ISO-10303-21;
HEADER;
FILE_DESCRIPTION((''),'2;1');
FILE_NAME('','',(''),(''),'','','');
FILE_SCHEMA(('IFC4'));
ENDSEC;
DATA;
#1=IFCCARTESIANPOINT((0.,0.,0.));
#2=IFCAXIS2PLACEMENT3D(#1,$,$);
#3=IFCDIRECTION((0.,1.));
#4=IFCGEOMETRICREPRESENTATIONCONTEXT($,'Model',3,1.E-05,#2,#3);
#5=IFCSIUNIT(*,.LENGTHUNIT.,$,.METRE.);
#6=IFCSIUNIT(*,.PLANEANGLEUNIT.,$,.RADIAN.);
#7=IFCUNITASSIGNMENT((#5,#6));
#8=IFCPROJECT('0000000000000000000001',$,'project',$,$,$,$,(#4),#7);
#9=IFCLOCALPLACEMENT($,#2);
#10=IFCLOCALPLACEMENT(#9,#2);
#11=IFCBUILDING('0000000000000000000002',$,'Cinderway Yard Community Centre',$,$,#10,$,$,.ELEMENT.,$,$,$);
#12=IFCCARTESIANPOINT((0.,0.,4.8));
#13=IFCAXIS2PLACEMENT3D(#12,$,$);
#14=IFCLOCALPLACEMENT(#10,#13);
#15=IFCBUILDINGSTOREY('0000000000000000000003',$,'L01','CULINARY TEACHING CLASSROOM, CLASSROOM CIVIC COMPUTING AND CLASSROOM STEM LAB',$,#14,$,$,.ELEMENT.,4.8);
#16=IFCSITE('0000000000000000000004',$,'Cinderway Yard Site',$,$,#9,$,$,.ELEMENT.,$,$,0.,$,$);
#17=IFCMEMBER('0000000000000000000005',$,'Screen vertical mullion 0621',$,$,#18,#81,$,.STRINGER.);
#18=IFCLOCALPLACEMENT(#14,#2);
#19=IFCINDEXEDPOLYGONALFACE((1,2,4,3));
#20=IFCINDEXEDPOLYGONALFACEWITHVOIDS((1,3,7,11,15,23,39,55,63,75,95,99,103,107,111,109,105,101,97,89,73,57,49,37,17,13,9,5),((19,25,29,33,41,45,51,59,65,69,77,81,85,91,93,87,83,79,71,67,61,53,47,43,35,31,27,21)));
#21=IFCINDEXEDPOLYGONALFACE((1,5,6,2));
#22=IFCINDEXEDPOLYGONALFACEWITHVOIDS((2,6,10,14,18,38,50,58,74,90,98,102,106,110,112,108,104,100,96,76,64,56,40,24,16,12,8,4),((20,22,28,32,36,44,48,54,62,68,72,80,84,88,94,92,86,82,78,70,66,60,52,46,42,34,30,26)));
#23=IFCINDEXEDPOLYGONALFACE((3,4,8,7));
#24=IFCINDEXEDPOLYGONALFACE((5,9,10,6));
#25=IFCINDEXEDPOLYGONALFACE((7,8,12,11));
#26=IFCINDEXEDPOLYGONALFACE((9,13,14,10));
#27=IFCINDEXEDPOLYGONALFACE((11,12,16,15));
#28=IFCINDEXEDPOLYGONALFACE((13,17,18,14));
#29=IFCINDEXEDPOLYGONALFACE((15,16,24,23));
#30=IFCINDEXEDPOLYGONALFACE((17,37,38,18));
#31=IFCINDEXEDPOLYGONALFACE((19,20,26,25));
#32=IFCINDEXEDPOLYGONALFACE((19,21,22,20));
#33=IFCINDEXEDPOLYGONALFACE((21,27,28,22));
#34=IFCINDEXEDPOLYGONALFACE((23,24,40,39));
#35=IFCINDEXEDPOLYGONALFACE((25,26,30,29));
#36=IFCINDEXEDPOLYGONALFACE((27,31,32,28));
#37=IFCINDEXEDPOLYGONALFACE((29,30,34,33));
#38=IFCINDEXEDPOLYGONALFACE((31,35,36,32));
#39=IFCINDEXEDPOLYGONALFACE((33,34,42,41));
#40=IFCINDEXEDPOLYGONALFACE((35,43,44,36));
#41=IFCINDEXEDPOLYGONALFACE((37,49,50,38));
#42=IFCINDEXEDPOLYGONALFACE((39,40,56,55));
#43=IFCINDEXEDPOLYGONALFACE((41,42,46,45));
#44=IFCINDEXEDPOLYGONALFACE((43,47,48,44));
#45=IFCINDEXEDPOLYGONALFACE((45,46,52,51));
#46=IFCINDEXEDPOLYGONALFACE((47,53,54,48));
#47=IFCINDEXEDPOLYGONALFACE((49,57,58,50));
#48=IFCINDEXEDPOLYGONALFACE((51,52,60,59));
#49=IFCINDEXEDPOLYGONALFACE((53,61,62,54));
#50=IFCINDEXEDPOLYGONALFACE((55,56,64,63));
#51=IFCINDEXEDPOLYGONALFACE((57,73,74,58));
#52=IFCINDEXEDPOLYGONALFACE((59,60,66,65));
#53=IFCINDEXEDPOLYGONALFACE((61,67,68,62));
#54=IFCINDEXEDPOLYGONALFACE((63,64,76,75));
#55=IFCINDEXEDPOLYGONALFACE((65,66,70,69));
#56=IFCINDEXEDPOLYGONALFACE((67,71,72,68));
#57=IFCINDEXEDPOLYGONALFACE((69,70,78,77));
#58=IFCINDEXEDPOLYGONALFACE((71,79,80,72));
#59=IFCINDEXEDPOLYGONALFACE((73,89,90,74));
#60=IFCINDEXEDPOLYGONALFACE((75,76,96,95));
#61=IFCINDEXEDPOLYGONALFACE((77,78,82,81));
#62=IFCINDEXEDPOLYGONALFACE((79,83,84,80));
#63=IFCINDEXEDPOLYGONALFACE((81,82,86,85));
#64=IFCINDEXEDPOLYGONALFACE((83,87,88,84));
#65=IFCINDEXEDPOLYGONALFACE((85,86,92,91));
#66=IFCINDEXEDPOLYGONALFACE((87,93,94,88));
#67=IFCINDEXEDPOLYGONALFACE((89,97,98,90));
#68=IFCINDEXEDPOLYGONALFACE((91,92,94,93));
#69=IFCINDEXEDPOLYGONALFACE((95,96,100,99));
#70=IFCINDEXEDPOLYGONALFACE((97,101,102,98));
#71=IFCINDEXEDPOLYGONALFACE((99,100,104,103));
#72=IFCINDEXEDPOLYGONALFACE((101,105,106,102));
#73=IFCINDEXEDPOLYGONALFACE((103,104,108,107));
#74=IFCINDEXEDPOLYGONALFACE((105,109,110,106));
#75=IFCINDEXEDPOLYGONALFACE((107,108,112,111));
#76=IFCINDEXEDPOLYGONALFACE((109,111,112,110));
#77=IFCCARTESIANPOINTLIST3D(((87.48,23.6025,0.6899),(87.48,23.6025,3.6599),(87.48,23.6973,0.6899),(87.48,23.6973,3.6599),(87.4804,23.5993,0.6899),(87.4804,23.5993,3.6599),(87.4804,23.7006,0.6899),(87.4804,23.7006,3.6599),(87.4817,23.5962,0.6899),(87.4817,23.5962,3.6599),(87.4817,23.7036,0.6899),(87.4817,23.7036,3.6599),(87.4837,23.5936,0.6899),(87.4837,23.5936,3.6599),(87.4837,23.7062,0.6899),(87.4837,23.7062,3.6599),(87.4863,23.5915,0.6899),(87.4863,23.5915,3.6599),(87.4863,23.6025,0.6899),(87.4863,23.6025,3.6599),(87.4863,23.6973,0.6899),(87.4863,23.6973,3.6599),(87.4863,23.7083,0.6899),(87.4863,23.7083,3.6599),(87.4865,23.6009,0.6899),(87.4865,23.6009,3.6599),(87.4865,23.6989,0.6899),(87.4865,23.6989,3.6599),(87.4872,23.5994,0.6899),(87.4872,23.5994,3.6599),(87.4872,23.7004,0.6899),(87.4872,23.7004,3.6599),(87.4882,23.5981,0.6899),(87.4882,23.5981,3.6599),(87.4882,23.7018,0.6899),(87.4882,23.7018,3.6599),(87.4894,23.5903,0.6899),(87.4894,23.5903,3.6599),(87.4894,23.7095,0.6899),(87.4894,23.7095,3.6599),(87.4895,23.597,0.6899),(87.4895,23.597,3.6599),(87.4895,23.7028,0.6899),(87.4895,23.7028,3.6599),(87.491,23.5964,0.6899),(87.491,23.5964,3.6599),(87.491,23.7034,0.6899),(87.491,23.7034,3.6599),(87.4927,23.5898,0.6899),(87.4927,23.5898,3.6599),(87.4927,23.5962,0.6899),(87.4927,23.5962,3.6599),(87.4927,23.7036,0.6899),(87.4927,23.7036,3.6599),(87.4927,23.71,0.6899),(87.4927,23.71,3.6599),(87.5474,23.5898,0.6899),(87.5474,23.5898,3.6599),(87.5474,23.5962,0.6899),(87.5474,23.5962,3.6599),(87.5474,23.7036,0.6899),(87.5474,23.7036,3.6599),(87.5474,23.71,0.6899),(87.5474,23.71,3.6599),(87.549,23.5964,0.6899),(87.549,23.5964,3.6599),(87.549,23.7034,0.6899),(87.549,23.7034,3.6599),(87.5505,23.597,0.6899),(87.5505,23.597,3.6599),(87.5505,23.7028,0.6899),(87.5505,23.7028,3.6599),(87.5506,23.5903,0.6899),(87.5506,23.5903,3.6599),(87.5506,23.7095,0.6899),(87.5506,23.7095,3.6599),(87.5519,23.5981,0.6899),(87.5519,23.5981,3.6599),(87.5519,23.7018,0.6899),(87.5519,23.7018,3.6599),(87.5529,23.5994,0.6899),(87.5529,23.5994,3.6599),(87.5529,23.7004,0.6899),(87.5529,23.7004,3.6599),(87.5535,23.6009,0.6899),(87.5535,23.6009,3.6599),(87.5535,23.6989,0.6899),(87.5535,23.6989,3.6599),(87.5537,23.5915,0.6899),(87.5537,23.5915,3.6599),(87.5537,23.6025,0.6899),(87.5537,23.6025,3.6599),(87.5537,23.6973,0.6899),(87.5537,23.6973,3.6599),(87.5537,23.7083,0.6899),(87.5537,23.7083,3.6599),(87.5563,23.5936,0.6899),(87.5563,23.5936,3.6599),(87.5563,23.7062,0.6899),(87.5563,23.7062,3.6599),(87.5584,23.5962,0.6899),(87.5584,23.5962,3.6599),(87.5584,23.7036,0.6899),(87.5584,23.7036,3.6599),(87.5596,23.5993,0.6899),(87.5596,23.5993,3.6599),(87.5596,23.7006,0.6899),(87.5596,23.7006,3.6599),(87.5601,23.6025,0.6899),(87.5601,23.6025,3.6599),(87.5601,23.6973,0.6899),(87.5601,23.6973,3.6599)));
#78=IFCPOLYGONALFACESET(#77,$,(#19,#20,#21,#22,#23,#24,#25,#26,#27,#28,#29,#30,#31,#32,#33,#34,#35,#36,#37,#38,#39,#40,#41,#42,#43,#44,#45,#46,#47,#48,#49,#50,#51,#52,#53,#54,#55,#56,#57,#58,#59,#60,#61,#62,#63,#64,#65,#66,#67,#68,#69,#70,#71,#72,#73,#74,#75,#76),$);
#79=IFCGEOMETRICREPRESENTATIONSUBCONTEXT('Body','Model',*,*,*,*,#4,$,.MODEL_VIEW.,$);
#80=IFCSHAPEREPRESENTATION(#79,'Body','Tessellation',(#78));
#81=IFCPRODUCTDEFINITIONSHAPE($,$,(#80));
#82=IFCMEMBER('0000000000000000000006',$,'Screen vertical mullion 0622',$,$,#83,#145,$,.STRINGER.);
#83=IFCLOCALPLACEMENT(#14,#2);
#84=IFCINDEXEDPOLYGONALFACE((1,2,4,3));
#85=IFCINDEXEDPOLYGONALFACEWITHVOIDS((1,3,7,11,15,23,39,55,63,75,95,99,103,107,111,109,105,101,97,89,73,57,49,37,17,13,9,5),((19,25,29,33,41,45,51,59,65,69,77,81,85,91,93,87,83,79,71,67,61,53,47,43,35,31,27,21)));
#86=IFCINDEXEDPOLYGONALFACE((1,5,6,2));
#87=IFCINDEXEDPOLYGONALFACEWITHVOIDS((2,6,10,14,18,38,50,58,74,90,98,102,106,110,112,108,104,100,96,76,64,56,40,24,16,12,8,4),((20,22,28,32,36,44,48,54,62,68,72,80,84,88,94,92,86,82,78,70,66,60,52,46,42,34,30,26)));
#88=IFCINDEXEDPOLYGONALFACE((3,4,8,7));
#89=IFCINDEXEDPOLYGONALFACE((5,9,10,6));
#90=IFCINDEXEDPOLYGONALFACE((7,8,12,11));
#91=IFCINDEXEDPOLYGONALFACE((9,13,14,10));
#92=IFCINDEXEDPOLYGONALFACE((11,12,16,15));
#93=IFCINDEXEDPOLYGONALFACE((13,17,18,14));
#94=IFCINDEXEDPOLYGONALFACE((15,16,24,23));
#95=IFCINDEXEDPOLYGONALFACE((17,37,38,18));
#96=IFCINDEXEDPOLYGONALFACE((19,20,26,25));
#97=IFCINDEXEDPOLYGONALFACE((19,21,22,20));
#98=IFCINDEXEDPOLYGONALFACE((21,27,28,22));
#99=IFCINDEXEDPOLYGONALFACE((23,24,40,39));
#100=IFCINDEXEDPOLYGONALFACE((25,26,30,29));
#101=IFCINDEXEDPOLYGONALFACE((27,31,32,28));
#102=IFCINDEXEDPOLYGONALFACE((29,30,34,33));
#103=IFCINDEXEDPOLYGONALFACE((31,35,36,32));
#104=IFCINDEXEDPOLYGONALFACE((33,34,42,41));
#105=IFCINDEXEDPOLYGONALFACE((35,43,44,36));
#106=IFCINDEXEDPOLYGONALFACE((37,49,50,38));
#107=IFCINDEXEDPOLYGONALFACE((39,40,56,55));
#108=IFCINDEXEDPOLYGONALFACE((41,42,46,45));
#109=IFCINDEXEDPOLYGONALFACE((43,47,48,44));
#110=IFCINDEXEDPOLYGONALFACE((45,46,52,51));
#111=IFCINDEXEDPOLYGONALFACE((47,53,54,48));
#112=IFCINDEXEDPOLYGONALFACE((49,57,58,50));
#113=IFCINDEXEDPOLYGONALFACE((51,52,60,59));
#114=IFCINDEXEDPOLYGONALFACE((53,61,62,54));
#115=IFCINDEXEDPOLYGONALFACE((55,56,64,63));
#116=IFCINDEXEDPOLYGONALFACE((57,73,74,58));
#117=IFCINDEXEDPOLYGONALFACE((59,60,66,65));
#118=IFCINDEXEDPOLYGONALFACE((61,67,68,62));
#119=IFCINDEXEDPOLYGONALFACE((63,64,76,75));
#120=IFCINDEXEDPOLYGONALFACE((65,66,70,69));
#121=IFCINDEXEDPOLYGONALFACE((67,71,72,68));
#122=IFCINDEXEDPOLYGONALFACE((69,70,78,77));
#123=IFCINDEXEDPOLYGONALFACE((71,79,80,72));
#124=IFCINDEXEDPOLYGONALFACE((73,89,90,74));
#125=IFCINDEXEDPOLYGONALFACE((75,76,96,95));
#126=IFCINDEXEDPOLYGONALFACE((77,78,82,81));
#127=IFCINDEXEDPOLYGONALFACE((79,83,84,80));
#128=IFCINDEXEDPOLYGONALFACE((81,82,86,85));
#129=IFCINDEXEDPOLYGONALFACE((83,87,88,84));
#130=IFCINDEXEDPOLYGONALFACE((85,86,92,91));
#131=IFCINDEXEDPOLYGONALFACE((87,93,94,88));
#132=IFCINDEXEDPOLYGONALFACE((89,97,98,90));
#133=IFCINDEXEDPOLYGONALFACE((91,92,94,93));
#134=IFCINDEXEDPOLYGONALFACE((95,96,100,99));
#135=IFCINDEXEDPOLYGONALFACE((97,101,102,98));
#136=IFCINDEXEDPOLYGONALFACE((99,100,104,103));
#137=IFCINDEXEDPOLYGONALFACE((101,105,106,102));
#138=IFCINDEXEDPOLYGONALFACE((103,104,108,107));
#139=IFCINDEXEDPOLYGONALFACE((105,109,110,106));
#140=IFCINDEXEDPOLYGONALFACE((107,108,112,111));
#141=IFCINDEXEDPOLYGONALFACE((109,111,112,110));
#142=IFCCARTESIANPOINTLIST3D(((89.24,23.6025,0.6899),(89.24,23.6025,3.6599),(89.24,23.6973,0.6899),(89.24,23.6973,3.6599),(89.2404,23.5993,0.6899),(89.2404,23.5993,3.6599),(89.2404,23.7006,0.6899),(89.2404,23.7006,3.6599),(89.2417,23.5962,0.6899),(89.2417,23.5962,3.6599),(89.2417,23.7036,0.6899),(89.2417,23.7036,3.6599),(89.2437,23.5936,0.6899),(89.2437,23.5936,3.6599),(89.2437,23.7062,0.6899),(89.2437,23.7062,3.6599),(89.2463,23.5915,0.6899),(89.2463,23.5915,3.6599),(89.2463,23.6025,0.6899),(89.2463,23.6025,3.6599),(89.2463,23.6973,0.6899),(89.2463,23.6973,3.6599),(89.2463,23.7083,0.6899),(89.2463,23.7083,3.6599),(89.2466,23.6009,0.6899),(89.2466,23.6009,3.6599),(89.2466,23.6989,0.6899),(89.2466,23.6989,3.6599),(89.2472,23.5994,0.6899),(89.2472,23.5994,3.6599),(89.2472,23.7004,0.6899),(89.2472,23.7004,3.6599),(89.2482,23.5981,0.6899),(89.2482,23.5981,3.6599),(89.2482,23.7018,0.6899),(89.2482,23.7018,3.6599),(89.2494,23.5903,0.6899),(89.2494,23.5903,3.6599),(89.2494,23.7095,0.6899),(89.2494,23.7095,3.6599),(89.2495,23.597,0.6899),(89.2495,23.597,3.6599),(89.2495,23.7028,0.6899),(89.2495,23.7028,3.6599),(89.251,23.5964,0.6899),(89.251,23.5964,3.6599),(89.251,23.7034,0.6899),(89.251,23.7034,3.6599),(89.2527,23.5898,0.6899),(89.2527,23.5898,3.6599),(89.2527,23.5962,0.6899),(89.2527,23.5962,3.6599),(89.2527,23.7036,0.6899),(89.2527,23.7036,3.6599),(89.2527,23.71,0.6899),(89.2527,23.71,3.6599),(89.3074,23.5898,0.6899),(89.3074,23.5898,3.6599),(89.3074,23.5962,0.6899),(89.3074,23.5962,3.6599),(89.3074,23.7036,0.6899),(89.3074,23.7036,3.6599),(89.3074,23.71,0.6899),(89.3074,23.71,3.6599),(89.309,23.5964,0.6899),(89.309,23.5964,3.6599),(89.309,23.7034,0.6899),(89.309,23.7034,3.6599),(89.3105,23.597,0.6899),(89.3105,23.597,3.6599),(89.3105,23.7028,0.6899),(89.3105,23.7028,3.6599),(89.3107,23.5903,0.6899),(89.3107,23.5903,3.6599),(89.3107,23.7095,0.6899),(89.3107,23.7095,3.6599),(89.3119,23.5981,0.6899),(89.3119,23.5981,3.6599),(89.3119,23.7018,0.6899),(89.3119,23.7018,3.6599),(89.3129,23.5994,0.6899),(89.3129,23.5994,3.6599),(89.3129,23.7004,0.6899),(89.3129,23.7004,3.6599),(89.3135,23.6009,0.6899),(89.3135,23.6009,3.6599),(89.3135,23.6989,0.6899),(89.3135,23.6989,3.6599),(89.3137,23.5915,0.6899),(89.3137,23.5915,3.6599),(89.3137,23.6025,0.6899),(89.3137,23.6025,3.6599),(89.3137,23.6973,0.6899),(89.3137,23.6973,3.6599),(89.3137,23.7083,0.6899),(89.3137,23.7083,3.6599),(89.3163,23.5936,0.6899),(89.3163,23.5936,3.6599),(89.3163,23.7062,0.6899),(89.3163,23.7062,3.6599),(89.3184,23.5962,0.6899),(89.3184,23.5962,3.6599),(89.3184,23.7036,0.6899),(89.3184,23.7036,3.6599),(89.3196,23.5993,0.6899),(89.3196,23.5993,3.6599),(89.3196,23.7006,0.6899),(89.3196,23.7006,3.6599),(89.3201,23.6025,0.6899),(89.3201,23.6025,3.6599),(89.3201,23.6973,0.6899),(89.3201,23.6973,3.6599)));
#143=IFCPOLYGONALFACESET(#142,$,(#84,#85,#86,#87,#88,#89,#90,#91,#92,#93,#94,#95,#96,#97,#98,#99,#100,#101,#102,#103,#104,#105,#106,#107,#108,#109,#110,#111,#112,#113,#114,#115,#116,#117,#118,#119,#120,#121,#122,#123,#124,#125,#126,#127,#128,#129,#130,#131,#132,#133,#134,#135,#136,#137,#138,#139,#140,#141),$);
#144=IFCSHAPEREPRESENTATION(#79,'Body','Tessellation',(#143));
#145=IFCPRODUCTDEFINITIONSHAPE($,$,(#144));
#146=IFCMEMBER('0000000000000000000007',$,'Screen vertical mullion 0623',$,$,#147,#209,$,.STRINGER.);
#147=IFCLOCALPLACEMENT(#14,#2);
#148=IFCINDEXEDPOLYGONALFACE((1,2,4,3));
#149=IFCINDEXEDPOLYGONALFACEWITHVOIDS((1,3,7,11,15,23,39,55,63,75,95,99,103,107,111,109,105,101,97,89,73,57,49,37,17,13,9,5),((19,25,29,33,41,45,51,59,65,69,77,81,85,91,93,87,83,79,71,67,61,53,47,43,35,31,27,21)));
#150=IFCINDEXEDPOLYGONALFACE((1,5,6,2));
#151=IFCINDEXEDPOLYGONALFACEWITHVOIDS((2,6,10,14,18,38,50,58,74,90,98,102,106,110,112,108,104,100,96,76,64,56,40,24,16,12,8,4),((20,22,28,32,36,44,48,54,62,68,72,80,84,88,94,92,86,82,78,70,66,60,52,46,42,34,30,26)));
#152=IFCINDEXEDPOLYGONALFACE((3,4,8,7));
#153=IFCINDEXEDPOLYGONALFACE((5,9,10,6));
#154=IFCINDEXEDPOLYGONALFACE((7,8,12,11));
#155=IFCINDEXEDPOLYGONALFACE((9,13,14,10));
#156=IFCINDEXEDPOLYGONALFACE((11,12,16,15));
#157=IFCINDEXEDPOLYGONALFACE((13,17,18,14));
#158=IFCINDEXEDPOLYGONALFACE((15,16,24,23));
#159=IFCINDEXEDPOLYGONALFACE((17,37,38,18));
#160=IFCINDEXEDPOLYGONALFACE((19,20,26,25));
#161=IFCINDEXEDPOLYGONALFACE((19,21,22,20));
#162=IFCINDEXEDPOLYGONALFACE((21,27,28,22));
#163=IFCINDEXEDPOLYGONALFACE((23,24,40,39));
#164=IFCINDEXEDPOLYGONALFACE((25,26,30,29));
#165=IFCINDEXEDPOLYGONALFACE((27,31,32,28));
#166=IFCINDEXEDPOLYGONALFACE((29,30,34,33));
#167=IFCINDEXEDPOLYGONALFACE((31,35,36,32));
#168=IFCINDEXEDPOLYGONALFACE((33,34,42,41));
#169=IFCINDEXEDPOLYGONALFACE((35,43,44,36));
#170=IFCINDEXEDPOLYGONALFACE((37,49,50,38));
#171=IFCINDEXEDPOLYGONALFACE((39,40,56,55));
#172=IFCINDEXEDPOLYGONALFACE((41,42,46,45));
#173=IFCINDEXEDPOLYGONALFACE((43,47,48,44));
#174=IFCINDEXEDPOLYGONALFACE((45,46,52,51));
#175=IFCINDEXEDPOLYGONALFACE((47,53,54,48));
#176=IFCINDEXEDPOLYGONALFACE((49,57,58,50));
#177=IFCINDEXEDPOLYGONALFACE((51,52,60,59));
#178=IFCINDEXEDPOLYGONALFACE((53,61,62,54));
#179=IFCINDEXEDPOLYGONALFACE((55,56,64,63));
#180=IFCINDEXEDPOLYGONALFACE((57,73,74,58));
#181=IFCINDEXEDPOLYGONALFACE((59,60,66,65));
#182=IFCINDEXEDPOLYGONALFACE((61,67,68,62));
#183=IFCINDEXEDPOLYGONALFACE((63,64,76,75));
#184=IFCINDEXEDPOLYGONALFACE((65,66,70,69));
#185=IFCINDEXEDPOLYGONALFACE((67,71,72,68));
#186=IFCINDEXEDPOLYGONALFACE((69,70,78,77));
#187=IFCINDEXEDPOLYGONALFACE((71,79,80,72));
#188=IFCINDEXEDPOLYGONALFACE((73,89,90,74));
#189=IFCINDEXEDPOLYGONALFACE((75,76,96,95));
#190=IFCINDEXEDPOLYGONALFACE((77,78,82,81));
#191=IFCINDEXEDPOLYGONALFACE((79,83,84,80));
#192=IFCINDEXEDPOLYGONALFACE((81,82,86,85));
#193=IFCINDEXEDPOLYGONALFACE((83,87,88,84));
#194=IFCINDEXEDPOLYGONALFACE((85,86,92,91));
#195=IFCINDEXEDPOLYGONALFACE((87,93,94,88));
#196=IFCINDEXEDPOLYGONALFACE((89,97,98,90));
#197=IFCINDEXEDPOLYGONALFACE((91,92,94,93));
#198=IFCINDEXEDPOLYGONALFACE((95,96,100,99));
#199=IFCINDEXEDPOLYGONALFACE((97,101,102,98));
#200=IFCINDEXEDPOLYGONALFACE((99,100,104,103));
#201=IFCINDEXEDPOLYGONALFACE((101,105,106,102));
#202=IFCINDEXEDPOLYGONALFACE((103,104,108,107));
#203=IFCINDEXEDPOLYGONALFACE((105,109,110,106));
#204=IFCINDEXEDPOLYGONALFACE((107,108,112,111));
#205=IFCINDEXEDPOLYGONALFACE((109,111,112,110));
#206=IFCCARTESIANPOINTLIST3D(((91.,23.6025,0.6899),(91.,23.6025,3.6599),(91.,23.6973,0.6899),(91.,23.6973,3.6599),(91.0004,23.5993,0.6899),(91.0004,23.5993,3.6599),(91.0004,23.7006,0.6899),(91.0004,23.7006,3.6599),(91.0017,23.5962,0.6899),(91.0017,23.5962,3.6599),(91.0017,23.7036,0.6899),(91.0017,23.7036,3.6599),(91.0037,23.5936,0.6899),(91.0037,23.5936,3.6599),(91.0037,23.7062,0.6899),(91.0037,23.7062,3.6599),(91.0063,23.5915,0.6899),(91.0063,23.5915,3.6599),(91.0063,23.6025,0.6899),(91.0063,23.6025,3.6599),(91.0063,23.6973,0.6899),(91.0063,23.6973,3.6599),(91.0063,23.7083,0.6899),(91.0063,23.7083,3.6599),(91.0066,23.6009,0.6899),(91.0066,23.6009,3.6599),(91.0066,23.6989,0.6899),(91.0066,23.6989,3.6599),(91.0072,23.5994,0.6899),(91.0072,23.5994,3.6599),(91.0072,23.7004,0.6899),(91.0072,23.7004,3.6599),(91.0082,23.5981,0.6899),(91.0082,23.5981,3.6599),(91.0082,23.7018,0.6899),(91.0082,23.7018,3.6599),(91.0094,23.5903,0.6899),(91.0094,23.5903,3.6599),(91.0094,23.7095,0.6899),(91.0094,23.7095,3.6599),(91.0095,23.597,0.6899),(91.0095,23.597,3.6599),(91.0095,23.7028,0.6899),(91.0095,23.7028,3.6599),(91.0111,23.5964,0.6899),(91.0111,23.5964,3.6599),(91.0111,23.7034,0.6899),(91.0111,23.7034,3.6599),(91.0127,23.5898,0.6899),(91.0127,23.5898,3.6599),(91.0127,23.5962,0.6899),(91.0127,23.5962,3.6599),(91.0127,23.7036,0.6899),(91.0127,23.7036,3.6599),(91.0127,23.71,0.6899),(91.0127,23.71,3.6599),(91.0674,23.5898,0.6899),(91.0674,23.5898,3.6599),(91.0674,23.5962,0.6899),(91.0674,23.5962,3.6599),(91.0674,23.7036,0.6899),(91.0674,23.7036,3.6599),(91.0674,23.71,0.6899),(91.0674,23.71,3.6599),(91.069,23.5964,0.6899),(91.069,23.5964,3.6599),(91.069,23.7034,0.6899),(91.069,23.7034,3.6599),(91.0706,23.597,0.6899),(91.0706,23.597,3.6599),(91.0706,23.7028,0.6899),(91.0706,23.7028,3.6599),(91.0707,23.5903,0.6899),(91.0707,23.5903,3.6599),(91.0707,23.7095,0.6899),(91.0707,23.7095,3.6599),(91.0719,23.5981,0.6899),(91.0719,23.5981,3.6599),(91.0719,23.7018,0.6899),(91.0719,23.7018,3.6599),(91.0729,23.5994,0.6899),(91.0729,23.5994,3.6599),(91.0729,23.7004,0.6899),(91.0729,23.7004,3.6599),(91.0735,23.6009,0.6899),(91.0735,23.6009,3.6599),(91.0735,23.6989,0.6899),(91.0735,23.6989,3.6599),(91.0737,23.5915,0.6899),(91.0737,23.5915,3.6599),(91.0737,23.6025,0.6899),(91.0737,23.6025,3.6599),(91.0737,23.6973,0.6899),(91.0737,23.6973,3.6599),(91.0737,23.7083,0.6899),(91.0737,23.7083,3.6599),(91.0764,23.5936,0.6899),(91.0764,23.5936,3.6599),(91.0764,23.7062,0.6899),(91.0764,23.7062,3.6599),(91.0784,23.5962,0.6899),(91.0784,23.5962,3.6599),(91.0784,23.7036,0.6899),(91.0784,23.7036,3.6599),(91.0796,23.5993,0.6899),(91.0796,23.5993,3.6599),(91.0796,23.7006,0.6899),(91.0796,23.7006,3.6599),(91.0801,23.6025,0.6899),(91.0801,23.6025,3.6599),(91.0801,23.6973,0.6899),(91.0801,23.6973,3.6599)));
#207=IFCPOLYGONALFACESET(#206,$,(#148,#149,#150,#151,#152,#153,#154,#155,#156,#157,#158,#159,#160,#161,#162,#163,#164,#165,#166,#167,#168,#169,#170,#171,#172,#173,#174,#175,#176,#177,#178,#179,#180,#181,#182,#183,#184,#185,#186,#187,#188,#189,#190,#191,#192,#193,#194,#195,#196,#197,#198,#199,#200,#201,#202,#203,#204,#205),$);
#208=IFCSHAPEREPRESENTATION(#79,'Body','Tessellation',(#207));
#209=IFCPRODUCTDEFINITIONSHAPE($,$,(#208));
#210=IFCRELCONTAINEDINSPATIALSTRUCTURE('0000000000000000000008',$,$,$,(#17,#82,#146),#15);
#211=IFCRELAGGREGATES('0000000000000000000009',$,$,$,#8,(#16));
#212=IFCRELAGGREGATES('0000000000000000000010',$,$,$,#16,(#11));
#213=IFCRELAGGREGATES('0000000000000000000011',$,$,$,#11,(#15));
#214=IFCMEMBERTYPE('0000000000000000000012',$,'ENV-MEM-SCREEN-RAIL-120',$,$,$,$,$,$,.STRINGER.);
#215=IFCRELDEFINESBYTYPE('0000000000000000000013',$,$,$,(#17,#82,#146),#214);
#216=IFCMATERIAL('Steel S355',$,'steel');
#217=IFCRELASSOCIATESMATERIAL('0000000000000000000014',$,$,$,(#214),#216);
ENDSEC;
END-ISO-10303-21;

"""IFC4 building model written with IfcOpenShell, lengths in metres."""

from ifc_helpers import new_model, si_unit, direction, frame, origin, origin_2d, place, context, subcontext, project, spatial, hollow_rectangle, extrude, material, material_profile, profile_set, type_object, element, save


model = new_model("IFC4")

# Units and contexts
model_context = context("Model", 3, precision=1e-05, world=origin(), true_north=direction((0.0, 1.0)))
body_context = subcontext(model_context, "Body", "Model", "MODEL_VIEW")
ifc_project = project(units=[si_unit("LENGTHUNIT", "METRE"), si_unit("PLANEANGLEUNIT", "RADIAN")], contexts=[model_context])

# Site, building, storey
site_placement = place(None, origin())
site = spatial("IfcSite", under=ifc_project, at=site_placement, Name="Cinderway Yard Site", CompositionType="ELEMENT", RefElevation=0.0)
building_placement = place(site_placement, origin())
building = spatial("IfcBuilding", under=site, at=building_placement, Name="Cinderway Yard Community Centre", CompositionType="ELEMENT")
storey_placement = place(building_placement, frame((0.0, 0.0, 4.8)))
storey = spatial("IfcBuildingStorey", under=building, at=storey_placement, Name="L01", Description="CULINARY TEACHING CLASSROOM, CLASSROOM CIVIC COMPUTING AND CLASSROOM STEM LAB", CompositionType="ELEMENT", Elevation=4.8)

# Members
ifc_material_1 = material(Name="Steel S355", Category="steel")
ifc_material_profile = material_profile(ifc_material_1, hollow_rectangle(XDim=0.0801, YDim=0.1201, WallThickness=0.0063, InnerFilletRadius=0.0063, OuterFilletRadius=0.0127, at=origin_2d()), Name="Steel S355")
ifc_profile_set = profile_set([ifc_material_profile], Name="Steel S355")
member_type = type_object("IfcMemberType", Name="ENV-MEM-SCREEN-RAIL-120", PredefinedType="STRINGER", material=ifc_profile_set)
for number, where, z_axis, x_axis, name in (
    (1, (87.52, 23.6499, 0.6899), (0.0, 0.0, 1.0), (1.0, 0.0, 0.0), "Screen vertical mullion 0621"),
    (2, (89.28, 23.6499, 0.6899), (0.0, 0.0, 1.0), (1.0, 0.0, 0.0), "Screen vertical mullion 0622"),
    (3, (91.04, 23.6499, 0.6899), (0.0, 0.0, 1.0), (1.0, 0.0, 0.0), "Screen vertical mullion 0623"),
):
    element("IfcMember", number, at=place(storey_placement, frame(where, z_axis=z_axis, x_axis=x_axis)), inside=storey, type_object=member_type, Name=name, PredefinedType="STRINGER", context=body_context, shape_type="SweptSolid", body=[
        extrude(hollow_rectangle(XDim=0.0801, YDim=0.1201, WallThickness=0.0063, InnerFilletRadius=0.0063, OuterFilletRadius=0.0127, at=origin_2d()), origin(), (0.0, 0.0, 1.0), 2.97),
    ])

save(model, "model.ifc")
